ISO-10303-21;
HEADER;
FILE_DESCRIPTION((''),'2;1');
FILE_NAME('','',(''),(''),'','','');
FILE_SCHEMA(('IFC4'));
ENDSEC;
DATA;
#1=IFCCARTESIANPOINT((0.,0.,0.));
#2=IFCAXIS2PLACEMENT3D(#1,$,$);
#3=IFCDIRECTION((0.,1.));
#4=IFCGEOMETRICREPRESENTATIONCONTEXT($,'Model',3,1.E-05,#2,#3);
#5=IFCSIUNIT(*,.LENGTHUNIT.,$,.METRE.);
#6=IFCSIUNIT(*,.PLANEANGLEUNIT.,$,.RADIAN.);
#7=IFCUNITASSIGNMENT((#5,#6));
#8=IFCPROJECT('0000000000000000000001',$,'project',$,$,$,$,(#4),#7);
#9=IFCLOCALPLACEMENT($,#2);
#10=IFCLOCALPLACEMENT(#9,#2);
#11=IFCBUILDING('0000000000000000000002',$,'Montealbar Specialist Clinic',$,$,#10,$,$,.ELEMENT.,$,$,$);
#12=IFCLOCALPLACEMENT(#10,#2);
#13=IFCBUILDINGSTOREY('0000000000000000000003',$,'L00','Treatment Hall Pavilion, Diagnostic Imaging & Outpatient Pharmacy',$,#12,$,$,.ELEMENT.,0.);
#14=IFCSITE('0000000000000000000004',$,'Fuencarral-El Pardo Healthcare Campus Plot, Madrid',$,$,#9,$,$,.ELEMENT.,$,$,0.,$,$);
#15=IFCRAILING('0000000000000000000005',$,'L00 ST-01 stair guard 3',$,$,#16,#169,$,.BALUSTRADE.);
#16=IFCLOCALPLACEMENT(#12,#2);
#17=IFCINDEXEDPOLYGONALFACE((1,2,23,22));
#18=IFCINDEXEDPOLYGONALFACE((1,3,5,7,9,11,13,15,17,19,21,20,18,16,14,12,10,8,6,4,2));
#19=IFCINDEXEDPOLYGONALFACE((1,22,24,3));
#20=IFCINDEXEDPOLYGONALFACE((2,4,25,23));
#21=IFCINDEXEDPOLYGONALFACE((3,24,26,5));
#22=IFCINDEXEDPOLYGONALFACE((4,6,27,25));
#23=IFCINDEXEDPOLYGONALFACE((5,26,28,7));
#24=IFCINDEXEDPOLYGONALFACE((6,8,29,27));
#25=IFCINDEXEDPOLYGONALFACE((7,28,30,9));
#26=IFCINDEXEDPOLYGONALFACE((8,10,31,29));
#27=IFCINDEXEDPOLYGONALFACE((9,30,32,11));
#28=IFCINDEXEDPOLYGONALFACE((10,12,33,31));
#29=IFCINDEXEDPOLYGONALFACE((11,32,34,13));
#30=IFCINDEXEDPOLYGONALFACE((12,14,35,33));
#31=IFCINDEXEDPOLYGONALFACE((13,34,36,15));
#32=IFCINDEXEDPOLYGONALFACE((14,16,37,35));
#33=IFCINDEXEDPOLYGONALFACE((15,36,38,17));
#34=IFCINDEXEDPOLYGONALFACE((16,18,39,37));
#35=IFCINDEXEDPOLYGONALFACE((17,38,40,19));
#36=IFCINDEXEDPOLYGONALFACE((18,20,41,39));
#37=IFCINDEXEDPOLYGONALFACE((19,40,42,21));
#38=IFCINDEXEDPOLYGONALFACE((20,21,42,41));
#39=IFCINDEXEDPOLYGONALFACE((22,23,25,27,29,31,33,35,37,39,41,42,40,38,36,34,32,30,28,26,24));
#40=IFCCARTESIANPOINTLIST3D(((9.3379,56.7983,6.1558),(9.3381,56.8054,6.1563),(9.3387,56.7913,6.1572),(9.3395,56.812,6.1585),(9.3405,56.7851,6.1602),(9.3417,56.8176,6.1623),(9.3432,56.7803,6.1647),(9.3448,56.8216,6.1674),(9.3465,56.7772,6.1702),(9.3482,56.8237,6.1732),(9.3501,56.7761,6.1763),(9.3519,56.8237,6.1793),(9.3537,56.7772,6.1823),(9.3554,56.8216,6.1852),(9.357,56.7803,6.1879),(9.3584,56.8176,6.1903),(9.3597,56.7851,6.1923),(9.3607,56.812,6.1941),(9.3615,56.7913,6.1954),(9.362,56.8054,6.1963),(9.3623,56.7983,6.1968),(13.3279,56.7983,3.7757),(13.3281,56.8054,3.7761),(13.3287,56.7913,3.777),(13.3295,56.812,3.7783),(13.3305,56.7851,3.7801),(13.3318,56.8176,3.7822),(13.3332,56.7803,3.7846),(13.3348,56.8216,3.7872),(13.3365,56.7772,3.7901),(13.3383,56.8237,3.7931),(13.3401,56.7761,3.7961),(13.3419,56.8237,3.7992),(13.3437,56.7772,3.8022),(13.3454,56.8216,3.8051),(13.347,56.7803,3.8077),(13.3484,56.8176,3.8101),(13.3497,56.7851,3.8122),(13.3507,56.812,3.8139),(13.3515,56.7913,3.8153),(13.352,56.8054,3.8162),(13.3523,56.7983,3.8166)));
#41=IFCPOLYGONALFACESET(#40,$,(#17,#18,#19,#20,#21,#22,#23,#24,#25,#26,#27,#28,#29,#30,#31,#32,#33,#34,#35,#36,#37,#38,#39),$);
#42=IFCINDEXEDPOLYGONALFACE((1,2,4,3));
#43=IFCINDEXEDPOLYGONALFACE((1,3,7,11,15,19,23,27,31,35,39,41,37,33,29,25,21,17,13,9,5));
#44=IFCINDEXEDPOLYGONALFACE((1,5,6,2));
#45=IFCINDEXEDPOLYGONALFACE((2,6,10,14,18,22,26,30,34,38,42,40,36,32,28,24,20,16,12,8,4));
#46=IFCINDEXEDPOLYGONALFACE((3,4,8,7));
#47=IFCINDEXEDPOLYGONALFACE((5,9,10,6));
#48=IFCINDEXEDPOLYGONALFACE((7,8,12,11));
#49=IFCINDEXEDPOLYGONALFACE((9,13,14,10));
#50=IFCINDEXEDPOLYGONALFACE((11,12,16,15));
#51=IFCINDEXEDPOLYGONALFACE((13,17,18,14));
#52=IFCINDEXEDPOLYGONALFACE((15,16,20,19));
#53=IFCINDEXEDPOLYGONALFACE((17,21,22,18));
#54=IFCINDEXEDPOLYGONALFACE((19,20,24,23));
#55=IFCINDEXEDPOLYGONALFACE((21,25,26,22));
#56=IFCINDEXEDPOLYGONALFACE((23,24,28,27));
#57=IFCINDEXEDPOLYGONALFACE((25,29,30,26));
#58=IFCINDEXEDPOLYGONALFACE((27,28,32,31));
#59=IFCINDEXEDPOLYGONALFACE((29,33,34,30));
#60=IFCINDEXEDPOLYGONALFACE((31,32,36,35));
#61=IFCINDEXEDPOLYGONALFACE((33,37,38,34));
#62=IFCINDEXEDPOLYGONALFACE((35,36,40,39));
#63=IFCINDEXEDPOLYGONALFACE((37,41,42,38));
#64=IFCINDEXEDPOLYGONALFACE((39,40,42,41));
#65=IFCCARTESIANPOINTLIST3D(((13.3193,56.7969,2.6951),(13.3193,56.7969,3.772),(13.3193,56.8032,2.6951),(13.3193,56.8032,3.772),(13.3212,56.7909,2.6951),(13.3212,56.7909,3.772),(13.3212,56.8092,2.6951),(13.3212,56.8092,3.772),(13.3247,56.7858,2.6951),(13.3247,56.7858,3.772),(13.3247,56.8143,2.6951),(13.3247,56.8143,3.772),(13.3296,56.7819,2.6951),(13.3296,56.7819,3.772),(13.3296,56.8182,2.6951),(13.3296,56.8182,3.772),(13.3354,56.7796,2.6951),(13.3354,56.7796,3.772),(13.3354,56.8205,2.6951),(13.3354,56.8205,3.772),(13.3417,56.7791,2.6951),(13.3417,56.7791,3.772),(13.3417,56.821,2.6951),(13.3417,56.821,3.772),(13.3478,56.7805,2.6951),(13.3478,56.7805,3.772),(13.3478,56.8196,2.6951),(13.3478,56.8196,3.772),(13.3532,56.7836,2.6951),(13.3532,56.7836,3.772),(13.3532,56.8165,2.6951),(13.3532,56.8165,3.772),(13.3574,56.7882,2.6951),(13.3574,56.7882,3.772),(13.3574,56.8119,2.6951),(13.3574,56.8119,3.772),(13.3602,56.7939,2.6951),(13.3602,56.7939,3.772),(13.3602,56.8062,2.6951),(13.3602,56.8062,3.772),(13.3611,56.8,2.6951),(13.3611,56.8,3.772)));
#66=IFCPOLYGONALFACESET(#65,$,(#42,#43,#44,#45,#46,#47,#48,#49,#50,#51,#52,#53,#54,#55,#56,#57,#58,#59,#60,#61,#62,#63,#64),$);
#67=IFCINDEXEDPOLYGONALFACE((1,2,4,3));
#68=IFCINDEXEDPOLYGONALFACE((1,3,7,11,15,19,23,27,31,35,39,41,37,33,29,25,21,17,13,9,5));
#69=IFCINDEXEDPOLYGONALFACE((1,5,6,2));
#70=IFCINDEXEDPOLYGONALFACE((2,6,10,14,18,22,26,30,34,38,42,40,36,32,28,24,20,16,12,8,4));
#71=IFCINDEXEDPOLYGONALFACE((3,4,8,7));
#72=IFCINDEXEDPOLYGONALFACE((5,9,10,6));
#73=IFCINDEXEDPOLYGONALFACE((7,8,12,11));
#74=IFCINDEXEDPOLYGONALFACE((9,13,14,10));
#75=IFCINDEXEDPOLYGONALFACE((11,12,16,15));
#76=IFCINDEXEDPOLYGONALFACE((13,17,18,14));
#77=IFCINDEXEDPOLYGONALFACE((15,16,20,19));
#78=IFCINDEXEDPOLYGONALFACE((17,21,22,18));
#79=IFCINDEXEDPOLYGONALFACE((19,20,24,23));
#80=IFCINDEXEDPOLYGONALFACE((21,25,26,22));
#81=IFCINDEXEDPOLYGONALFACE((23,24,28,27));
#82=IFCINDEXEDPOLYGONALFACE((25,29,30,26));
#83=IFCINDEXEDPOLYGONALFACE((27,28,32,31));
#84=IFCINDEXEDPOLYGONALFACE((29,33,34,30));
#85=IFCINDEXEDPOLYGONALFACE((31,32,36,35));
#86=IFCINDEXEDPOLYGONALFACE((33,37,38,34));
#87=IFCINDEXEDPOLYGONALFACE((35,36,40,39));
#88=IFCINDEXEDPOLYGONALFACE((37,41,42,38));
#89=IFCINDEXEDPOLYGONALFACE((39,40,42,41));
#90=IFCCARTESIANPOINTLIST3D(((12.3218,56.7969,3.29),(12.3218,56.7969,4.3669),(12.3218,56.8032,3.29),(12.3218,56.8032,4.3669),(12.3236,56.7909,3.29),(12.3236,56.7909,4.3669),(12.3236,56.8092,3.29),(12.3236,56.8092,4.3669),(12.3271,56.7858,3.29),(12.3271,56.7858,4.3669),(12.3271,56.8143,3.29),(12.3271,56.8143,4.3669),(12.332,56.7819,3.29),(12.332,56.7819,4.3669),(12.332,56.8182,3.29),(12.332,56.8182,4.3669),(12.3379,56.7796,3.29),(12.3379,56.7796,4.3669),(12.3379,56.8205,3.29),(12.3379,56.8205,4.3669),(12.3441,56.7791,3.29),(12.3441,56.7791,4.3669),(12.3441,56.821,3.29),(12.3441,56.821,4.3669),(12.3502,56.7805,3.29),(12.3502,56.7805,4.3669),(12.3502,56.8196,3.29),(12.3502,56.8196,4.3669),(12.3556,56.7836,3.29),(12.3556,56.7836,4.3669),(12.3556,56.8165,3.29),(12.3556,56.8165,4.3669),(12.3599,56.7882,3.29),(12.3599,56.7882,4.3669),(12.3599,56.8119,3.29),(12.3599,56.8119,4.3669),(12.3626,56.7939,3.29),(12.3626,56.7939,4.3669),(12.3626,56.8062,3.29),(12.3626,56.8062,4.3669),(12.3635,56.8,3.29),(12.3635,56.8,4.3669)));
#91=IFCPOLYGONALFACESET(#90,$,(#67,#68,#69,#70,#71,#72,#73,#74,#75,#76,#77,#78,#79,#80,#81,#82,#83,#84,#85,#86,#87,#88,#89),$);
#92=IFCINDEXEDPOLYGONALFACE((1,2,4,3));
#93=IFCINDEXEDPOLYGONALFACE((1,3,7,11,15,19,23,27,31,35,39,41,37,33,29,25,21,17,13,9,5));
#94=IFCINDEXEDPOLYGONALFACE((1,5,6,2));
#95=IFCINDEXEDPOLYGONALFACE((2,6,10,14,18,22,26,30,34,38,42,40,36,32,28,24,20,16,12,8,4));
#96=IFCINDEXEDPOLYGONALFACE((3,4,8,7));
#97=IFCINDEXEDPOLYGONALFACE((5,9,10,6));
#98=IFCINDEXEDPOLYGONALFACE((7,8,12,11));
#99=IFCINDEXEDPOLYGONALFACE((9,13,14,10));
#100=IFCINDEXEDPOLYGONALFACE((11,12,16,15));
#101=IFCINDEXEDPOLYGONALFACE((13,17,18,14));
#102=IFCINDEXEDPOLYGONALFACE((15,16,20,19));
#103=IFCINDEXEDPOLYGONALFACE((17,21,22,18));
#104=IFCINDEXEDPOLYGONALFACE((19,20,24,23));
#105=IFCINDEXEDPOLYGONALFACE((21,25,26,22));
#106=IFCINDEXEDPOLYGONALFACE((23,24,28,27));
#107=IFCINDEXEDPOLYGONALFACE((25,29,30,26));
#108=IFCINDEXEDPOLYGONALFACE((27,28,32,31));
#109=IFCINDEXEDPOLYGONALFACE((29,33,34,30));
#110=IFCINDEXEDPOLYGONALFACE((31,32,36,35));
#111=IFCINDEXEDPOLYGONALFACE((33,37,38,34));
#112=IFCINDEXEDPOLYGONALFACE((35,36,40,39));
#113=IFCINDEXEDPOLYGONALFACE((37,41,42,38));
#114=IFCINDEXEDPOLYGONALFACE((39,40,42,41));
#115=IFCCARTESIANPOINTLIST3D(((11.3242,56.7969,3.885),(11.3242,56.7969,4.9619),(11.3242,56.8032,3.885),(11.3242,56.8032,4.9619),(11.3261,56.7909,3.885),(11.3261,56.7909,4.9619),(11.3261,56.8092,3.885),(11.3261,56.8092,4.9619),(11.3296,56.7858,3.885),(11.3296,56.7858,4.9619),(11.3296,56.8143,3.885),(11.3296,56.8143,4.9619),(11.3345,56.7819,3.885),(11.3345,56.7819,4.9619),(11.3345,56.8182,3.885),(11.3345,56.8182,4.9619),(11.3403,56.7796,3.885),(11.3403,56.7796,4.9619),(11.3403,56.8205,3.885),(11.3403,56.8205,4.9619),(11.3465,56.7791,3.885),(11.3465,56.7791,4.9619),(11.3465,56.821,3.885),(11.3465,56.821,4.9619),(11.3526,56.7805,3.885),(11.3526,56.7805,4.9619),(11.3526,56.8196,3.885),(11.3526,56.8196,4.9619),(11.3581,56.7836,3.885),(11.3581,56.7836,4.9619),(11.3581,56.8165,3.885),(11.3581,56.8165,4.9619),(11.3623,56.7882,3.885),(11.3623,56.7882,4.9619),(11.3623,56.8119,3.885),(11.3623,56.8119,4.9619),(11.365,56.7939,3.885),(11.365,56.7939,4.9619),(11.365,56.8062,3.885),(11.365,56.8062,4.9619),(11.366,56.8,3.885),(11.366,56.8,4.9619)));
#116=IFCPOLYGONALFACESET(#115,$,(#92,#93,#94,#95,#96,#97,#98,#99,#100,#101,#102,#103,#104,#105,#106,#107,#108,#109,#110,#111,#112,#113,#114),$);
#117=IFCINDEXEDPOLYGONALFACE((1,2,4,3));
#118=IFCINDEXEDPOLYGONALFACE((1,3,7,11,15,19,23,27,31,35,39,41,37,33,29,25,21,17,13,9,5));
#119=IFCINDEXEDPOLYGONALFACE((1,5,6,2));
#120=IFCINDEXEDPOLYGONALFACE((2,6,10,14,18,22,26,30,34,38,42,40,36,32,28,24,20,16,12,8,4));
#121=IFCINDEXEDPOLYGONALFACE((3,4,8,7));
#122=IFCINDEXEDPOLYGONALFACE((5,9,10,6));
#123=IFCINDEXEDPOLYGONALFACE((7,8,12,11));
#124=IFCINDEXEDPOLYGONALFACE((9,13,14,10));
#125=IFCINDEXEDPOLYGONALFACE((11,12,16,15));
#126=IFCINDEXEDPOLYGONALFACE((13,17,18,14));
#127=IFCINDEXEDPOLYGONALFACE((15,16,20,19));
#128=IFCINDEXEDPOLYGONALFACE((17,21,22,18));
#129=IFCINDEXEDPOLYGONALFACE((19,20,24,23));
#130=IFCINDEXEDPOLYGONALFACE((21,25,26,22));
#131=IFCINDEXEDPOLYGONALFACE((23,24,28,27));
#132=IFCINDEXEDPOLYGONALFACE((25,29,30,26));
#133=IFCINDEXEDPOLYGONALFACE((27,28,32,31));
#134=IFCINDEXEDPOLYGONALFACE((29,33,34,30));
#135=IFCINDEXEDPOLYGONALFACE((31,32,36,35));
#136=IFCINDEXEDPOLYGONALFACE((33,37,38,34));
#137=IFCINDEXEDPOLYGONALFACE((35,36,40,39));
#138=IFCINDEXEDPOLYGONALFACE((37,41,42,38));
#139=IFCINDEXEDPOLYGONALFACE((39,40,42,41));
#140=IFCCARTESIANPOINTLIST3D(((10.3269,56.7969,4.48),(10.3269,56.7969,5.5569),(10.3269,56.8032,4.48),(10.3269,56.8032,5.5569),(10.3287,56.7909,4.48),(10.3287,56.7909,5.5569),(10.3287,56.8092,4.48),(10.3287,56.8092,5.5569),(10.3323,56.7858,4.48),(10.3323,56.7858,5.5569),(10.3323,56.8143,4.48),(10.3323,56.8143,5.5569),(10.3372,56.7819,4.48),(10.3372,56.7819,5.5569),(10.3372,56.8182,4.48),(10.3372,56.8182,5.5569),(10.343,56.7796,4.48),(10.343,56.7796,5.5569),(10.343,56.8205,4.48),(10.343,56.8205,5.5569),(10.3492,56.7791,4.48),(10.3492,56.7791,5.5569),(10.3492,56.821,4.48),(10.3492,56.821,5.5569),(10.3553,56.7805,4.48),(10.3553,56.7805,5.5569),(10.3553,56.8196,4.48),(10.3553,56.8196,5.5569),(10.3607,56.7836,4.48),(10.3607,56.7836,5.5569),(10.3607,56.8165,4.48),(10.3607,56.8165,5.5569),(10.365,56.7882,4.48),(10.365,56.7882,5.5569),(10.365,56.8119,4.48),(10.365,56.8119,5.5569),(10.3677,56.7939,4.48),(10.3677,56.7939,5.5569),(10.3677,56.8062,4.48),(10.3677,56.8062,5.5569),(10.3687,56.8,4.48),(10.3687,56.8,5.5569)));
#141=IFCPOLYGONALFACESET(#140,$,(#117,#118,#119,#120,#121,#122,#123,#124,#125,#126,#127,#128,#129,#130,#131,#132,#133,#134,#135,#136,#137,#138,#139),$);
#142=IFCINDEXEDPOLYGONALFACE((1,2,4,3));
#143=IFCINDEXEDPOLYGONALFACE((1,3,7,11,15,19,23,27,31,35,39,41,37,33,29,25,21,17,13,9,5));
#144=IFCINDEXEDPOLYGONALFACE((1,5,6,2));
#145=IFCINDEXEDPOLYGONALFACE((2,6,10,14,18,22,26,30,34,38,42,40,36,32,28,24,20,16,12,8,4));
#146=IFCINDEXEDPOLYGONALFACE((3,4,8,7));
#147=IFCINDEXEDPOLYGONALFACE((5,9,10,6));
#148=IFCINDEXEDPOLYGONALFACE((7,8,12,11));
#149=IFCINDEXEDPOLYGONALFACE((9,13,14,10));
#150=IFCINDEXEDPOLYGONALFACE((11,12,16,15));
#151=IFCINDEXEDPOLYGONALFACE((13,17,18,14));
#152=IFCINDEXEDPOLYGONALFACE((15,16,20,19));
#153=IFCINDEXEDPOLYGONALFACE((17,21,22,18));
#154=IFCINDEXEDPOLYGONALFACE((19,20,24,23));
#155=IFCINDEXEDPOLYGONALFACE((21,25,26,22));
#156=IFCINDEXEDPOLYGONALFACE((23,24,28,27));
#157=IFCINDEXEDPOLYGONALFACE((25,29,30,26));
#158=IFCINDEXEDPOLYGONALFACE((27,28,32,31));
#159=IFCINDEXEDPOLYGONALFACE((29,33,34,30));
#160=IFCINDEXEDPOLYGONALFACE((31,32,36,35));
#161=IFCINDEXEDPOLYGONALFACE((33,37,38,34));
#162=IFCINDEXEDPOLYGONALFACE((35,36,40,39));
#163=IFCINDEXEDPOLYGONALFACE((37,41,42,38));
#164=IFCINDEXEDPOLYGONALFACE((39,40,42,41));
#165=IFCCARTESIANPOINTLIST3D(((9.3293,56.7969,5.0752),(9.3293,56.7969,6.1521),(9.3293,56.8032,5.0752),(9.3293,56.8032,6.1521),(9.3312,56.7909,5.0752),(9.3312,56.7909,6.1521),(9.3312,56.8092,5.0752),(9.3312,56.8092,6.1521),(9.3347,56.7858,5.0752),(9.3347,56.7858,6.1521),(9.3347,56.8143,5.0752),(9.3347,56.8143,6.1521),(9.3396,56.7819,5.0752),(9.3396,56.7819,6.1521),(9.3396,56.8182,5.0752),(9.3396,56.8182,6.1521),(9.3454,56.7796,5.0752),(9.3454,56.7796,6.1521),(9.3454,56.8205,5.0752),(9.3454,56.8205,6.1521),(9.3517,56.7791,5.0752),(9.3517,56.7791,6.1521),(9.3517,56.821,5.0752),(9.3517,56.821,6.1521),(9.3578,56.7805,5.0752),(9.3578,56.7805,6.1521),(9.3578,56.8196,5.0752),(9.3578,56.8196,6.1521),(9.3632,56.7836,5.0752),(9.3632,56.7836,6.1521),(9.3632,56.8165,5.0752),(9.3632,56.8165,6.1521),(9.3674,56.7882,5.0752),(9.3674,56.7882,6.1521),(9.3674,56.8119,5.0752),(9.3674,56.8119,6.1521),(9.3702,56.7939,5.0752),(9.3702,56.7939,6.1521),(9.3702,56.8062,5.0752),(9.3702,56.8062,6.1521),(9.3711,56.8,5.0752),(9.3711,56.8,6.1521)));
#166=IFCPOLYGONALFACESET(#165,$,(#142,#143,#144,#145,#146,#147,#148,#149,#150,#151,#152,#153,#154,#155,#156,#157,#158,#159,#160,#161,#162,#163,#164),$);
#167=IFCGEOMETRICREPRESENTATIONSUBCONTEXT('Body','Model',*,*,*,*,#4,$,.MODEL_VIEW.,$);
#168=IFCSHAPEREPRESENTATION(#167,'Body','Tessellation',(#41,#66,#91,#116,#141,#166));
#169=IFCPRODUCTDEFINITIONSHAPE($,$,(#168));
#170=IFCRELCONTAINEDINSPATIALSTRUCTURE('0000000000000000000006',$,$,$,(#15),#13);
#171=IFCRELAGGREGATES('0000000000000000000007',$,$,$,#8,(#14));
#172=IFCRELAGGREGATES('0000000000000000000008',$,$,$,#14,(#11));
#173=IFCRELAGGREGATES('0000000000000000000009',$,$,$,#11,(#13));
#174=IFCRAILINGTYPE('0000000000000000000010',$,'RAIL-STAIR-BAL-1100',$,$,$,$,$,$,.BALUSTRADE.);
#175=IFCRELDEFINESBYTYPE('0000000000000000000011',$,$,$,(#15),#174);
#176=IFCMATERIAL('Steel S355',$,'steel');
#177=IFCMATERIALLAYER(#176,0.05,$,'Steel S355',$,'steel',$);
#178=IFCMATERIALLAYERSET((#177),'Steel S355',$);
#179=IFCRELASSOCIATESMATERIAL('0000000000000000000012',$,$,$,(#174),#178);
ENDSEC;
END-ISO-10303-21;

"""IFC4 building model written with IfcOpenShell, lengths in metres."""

from ifc_helpers import new_model, si_unit, direction, frame, origin, origin_2d, place, context, subcontext, project, spatial, circle, extrude, material, layer, layer_set, type_object, element, save


model = new_model("IFC4")

# Units and contexts
model_context = context("Model", 3, precision=1e-05, world=origin(), true_north=direction((0.0, 1.0)))
body_context = subcontext(model_context, "Body", "Model", "MODEL_VIEW")
ifc_project = project(units=[si_unit("LENGTHUNIT", "METRE"), si_unit("PLANEANGLEUNIT", "RADIAN")], contexts=[model_context])

# Site, building, storey
site_placement = place(None, origin())
site = spatial("IfcSite", under=ifc_project, at=site_placement, Name="Fuencarral-El Pardo Healthcare Campus Plot, Madrid", CompositionType="ELEMENT", RefElevation=0.0)
building_placement = place(site_placement, origin())
building = spatial("IfcBuilding", under=site, at=building_placement, Name="Montealbar Specialist Clinic", CompositionType="ELEMENT")
storey_placement = place(building_placement, origin())
storey = spatial("IfcBuildingStorey", under=building, at=storey_placement, Name="L00", Description="Treatment Hall Pavilion, Diagnostic Imaging & Outpatient Pharmacy", CompositionType="ELEMENT", Elevation=0.0)

# Shared definitions
ifc_material_1 = material(Name="Steel S355", Category="steel")

# Railing
ifc_layer_1 = layer(ifc_material_1, 0.05, Name="Steel S355", Category="steel")
ifc_layer_set_1 = layer_set([ifc_layer_1], Name="Steel S355")
railing_type_1 = type_object("IfcRailingType", Name="RAIL-STAIR-BAL-1100", PredefinedType="BALUSTRADE", material=ifc_layer_set_1)
railing_1_placement = place(storey_placement, frame((13.3401, 56.8, 2.72)))
element("IfcRailing", 1, at=railing_1_placement, inside=storey, type_object=railing_type_1, Name="L00 ST-01 stair guard 3", PredefinedType="BALUSTRADE", context=body_context, shape_type="SweptSolid", body=[
    extrude(circle(Radius=0.0239, at=origin_2d()), frame((0.0, 0.0, 1.0762), z_axis=(-0.858807, 0.0, 0.512299), x_axis=(0.0, -1.0, 0.0)), (0.0, 0.0, 1.0), 4.646),
    extrude(circle(Radius=0.021, at=origin_2d()), frame((0.0, 0.0, -0.0249)), (0.0, 0.0, 1.0), 1.0769),
    extrude(circle(Radius=0.021, at=origin_2d()), frame((-0.9976, 0.0, 0.5701)), (0.0, 0.0, 1.0), 1.0769),
    extrude(circle(Radius=0.021, at=origin_2d()), frame((-1.9951, 0.0, 1.165)), (0.0, 0.0, 1.0), 1.0769),
    extrude(circle(Radius=0.021, at=origin_2d()), frame((-2.9924, 0.0, 1.76)), (0.0, 0.0, 1.0), 1.0769),
    extrude(circle(Radius=0.021, at=origin_2d()), frame((-3.99, 0.0, 2.3552)), (0.0, 0.0, 1.0), 1.0769),
])

save(model, "model.ifc")
